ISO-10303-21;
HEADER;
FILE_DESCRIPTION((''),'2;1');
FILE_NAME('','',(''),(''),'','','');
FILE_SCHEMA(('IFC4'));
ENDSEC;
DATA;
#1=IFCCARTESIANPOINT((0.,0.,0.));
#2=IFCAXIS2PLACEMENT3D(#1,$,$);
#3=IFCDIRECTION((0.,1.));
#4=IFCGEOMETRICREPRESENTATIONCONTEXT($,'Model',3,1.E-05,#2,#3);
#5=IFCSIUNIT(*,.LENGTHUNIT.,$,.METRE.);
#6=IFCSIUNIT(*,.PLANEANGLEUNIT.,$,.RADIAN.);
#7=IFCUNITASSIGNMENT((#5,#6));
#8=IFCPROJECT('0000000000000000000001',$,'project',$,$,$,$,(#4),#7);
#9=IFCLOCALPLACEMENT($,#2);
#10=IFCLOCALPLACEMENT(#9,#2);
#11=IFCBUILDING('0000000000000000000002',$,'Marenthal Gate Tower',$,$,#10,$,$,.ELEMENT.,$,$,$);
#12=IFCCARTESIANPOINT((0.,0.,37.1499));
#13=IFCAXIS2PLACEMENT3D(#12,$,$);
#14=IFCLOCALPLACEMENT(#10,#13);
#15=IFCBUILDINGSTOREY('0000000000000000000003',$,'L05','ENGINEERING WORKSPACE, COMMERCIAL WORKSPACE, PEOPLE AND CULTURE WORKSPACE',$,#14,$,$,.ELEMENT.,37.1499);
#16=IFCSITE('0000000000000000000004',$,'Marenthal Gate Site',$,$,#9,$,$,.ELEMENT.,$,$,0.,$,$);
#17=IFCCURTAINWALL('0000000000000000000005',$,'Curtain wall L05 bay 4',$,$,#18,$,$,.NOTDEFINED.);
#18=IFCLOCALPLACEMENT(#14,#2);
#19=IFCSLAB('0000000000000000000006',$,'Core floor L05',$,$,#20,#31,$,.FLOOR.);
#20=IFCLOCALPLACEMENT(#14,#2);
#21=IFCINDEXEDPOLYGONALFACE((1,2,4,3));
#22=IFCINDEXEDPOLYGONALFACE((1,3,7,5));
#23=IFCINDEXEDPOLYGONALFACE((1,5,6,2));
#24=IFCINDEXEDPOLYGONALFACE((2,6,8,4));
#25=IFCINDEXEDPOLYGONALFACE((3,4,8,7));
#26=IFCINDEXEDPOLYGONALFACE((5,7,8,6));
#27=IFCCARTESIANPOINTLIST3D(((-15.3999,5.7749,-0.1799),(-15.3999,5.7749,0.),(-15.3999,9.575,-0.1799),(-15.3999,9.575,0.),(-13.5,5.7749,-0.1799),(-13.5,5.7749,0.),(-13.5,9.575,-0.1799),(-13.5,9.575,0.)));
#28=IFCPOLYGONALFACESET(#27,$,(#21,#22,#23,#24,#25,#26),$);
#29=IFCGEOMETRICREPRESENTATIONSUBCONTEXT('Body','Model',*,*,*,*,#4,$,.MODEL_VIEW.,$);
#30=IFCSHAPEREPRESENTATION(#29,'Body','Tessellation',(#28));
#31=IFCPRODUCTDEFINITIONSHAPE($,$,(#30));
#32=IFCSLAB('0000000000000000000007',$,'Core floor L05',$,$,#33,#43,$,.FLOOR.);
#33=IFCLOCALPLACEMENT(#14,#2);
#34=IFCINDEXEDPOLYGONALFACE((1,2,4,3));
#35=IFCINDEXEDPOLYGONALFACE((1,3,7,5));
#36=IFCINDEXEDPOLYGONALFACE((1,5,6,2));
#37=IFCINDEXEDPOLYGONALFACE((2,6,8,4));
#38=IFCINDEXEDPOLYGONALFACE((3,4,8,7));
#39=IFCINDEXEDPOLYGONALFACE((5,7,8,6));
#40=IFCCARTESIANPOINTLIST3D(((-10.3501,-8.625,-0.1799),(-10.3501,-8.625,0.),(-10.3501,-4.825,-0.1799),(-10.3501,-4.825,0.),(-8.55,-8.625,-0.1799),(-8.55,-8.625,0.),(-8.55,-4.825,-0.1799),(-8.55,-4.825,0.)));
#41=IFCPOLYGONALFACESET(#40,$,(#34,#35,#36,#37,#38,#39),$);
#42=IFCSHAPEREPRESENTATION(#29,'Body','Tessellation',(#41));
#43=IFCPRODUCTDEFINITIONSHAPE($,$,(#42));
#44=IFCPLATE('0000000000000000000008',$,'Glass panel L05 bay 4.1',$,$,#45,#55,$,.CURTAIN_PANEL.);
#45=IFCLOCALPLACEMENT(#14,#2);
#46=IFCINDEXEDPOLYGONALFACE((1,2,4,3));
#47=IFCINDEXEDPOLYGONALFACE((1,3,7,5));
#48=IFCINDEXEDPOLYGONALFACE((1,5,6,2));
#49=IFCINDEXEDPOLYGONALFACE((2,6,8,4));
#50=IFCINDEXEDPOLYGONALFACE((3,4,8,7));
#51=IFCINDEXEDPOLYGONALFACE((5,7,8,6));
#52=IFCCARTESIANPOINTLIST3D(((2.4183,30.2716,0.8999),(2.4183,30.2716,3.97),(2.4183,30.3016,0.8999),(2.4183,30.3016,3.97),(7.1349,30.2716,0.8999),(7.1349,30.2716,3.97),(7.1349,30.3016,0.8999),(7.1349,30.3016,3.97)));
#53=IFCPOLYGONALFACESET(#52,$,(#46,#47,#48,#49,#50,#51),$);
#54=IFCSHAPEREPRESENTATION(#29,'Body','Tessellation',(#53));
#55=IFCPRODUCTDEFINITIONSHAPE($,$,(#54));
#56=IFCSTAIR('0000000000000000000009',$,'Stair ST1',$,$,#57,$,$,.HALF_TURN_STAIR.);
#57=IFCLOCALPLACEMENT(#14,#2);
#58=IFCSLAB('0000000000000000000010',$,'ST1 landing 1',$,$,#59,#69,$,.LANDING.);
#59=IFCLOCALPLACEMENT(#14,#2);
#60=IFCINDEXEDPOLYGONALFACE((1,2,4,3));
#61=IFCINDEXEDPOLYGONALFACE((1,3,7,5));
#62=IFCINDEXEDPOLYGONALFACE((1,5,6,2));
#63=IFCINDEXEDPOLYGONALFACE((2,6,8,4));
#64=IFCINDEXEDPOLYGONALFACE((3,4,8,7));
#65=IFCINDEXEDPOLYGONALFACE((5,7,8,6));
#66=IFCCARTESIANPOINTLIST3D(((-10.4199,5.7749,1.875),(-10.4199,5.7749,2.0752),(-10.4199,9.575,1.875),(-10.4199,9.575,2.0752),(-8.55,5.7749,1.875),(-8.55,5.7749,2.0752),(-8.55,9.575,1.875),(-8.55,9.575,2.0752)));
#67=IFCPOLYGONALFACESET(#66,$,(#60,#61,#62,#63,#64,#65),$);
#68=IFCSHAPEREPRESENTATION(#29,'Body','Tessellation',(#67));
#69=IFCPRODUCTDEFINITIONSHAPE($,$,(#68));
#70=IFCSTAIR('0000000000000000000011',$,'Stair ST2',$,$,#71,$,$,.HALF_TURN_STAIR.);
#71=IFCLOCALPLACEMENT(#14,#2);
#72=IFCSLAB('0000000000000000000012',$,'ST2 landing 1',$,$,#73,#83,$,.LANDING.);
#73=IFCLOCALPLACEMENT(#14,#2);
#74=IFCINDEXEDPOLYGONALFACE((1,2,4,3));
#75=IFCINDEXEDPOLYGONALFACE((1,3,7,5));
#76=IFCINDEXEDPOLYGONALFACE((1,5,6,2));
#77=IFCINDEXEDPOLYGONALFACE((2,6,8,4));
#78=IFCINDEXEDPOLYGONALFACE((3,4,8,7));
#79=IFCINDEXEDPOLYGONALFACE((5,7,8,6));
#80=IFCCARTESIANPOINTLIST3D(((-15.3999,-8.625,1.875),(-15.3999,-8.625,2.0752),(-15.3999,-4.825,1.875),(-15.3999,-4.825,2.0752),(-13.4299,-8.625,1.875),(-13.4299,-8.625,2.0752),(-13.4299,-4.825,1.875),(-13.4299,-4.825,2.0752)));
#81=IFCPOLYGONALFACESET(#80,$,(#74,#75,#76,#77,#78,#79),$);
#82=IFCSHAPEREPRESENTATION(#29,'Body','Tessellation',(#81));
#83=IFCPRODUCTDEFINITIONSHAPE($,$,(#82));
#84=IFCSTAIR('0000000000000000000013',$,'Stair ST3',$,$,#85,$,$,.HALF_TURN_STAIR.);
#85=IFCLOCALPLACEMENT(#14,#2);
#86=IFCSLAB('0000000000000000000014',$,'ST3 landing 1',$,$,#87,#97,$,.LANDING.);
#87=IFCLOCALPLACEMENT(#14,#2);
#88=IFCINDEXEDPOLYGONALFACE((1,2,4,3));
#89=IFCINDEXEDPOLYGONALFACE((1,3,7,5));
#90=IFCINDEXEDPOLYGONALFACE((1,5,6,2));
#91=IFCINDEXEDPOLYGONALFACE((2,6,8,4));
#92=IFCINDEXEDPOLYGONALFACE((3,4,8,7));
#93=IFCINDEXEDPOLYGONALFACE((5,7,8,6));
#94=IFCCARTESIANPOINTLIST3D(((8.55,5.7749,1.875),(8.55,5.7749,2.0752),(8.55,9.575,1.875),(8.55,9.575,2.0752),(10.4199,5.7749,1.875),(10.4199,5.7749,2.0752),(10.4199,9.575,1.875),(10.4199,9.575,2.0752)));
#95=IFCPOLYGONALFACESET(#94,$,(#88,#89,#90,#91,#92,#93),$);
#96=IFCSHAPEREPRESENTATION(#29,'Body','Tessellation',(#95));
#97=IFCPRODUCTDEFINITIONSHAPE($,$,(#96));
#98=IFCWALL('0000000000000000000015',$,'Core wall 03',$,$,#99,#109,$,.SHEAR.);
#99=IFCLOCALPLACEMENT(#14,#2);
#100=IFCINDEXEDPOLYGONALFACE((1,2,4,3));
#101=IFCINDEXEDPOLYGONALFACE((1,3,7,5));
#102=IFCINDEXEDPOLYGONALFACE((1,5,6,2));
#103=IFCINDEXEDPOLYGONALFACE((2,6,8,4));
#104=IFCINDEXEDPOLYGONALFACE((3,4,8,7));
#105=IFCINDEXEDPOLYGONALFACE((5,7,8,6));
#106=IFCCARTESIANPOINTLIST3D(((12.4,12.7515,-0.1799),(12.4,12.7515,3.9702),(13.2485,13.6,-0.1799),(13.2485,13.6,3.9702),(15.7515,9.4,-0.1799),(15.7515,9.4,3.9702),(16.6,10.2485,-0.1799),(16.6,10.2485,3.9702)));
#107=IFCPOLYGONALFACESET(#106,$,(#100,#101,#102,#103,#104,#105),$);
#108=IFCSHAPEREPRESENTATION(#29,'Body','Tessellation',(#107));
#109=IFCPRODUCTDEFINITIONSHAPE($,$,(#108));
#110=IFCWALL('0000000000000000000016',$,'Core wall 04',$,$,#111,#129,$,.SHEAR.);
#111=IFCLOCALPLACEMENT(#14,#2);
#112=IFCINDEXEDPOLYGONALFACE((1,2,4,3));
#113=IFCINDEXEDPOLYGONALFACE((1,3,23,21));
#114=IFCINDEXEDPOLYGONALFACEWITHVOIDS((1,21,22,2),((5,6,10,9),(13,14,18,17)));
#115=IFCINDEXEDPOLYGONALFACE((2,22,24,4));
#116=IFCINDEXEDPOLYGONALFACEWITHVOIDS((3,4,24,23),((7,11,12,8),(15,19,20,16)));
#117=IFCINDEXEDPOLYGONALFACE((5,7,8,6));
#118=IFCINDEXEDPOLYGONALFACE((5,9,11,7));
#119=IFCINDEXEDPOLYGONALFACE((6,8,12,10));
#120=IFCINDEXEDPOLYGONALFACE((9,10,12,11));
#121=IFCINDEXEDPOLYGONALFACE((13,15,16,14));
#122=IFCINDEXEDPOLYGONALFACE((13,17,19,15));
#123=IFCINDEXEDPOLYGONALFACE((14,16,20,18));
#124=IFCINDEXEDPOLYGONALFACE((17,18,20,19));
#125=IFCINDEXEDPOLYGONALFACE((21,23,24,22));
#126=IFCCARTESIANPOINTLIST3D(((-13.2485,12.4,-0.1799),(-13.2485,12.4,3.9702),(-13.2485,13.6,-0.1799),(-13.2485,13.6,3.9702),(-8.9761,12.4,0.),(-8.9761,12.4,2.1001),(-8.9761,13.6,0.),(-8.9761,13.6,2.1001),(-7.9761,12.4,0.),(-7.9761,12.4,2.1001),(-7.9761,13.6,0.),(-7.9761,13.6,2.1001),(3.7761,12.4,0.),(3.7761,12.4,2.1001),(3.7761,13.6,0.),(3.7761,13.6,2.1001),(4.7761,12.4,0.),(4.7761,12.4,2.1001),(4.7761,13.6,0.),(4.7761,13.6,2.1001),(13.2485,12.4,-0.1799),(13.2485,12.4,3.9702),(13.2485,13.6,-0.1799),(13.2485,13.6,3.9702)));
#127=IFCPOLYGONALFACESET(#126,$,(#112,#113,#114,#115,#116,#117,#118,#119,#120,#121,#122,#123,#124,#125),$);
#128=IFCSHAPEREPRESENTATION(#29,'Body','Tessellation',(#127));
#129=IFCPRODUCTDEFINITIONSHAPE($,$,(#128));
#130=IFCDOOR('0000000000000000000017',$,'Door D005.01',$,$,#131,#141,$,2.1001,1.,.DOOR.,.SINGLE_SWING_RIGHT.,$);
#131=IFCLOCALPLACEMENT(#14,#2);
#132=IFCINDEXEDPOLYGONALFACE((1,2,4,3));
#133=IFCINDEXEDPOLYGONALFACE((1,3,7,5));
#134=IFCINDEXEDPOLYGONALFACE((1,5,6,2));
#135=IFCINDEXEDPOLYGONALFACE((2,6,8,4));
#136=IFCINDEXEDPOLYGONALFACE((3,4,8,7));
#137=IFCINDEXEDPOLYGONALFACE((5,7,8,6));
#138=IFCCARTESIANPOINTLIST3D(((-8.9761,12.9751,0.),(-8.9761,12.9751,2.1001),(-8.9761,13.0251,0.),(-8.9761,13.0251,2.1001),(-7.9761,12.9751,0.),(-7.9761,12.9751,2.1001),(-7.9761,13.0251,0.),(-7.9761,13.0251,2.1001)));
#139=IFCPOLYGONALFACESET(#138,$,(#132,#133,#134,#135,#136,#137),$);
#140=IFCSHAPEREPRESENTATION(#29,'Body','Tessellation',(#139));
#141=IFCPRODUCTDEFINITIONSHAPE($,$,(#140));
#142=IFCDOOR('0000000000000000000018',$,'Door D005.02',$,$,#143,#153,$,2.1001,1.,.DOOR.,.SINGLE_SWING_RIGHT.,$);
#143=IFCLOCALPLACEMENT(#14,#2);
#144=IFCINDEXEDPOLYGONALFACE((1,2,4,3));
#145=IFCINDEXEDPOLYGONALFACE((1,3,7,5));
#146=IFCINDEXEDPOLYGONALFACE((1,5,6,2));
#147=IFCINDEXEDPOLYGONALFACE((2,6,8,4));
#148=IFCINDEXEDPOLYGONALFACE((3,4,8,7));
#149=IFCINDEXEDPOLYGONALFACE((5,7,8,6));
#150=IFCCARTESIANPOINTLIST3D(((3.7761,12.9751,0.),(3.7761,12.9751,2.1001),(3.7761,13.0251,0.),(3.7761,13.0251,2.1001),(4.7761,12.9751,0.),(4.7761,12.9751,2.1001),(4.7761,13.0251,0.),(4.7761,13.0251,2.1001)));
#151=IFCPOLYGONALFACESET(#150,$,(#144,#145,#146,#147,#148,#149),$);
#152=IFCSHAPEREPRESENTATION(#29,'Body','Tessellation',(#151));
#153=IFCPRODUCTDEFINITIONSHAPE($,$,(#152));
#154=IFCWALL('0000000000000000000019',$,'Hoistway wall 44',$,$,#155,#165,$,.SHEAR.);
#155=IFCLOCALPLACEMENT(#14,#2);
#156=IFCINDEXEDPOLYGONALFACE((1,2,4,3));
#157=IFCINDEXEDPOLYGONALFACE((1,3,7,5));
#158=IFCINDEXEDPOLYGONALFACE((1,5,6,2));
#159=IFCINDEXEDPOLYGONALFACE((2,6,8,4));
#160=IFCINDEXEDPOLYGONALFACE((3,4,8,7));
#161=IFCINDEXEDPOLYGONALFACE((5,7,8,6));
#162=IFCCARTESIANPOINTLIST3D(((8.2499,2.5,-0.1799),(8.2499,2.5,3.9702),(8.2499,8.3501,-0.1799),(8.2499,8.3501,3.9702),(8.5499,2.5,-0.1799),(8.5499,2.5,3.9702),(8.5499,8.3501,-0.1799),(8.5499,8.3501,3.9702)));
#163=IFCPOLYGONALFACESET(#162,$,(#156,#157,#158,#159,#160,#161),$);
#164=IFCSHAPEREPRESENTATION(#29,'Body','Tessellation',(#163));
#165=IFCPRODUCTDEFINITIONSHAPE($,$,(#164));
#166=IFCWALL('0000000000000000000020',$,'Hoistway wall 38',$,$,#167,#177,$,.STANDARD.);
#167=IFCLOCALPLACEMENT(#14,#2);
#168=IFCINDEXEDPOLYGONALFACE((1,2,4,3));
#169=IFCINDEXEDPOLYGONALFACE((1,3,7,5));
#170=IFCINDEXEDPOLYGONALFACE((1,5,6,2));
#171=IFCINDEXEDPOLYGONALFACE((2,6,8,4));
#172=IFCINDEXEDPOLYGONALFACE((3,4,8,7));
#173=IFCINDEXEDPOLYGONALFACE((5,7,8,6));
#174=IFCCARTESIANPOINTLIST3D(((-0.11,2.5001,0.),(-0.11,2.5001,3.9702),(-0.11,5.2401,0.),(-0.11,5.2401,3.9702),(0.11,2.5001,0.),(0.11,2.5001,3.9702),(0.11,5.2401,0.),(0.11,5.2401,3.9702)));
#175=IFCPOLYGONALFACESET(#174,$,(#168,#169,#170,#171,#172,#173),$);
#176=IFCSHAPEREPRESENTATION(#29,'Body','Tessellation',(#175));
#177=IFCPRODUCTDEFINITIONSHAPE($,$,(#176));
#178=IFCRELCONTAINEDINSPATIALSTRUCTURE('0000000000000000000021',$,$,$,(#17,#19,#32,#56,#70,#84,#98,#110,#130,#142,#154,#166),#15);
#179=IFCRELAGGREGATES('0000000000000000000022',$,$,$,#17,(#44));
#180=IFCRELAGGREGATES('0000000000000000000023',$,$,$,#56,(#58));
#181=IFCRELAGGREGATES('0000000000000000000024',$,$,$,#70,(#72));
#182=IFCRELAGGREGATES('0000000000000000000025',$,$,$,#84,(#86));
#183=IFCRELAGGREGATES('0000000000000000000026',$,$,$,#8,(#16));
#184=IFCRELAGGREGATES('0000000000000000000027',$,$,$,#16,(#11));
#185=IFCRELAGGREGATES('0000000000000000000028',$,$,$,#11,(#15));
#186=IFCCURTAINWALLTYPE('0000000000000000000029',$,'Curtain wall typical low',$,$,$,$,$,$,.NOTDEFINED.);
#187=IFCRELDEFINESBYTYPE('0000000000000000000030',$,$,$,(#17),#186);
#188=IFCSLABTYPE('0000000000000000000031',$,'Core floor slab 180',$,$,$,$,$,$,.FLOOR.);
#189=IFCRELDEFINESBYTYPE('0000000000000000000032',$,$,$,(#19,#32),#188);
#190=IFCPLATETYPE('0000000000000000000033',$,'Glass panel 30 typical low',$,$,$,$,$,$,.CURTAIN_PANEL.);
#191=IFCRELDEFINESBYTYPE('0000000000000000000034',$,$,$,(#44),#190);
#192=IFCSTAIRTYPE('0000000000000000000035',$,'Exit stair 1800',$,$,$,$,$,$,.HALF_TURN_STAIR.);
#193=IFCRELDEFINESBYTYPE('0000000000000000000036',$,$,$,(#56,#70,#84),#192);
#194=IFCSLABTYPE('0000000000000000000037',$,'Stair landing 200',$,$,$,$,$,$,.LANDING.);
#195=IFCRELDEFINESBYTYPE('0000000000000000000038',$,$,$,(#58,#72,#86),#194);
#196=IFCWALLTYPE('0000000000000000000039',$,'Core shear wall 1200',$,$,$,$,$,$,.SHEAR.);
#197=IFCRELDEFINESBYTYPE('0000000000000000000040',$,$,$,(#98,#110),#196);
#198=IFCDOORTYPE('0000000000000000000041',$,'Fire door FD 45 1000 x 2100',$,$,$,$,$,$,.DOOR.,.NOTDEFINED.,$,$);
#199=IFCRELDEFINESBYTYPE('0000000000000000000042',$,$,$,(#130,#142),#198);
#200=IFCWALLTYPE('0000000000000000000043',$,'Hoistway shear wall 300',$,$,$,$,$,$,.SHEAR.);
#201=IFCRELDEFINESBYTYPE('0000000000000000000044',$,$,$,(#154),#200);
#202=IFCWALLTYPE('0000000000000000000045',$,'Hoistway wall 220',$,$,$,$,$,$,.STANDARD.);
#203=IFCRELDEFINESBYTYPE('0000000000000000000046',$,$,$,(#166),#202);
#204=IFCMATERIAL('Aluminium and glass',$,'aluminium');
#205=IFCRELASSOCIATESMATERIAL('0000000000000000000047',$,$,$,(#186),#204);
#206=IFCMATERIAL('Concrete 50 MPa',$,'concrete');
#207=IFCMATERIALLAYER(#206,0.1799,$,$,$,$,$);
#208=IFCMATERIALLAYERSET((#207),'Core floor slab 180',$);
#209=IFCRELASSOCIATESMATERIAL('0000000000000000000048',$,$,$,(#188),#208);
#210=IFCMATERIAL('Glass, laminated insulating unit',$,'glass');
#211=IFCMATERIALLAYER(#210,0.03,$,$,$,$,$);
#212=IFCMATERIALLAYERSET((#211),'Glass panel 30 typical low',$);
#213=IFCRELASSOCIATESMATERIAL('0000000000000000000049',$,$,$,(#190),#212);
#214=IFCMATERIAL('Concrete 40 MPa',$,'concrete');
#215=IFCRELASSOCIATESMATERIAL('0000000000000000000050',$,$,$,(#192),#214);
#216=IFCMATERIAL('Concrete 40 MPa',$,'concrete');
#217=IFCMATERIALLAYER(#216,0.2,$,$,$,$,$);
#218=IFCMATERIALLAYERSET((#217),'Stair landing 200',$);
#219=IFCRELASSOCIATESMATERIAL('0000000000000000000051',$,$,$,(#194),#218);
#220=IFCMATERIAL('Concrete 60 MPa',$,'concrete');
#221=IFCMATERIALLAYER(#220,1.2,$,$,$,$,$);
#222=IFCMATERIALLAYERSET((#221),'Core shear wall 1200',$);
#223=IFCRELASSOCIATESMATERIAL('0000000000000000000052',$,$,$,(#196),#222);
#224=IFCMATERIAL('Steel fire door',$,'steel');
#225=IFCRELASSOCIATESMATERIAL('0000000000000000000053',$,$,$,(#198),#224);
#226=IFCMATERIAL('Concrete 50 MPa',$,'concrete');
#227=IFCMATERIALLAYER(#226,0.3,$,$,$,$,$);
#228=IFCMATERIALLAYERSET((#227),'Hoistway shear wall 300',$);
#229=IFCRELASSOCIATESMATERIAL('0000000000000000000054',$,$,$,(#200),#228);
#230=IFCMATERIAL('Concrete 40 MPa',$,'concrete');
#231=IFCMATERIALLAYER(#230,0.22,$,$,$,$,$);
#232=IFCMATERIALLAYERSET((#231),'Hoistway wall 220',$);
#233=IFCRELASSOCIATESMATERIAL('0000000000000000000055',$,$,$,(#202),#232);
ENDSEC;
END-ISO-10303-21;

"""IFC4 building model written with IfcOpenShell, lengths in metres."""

from ifc_helpers import new_model, si_unit, direction, frame, frame_2d, origin, origin_2d, place, context, subcontext, project, spatial, polyline, rectangle, outline, extrude, material, layer, layer_set, type_object, element, fill, aggregate, save


model = new_model("IFC4")

# Units and contexts
model_context = context("Model", 3, precision=1e-05, world=origin(), true_north=direction((0.0, 1.0)))
body_context = subcontext(model_context, "Body", "Model", "MODEL_VIEW")
ifc_project = project(units=[si_unit("LENGTHUNIT", "METRE"), si_unit("PLANEANGLEUNIT", "RADIAN")], contexts=[model_context])

# Site, building, storey
site_placement = place(None, origin())
site = spatial("IfcSite", under=ifc_project, at=site_placement, Name="Marenthal Gate Site", CompositionType="ELEMENT", RefElevation=0.0)
building_placement = place(site_placement, origin())
building = spatial("IfcBuilding", under=site, at=building_placement, Name="Marenthal Gate Tower", CompositionType="ELEMENT")
storey_placement = place(building_placement, frame((0.0, 0.0, 37.1499)))
storey = spatial("IfcBuildingStorey", under=building, at=storey_placement, Name="L05", Description="ENGINEERING WORKSPACE, COMMERCIAL WORKSPACE, PEOPLE AND CULTURE WORKSPACE", CompositionType="ELEMENT", Elevation=37.1499)

# Curtain wall
ifc_material_1 = material(Name="Aluminium and glass", Category="aluminium")
curtain_wall_type = type_object("IfcCurtainWallType", Name="Curtain wall typical low", PredefinedType="NOTDEFINED", material=ifc_material_1)
curtain_wall_placement = place(storey_placement, origin())
curtain_wall = element("IfcCurtainWall", 1, at=curtain_wall_placement, inside=storey, type_object=curtain_wall_type, Name="Curtain wall L05 bay 4", PredefinedType="NOTDEFINED")

# Slabs
ifc_material_2 = material(Name="Concrete 50 MPa", Category="concrete")
ifc_layer_1 = layer(ifc_material_2, 0.1799)
ifc_layer_set_1 = layer_set([ifc_layer_1], Name="Core floor slab 180")
slab_type_1 = type_object("IfcSlabType", Name="Core floor slab 180", PredefinedType="FLOOR", material=ifc_layer_set_1)
slab_1_placement = place(storey_placement, frame((0.0, 0.0, -0.1799)))
element("IfcSlab", 2, at=slab_1_placement, inside=storey, type_object=slab_type_1, Name="Core floor L05", PredefinedType="FLOOR", context=body_context, shape_type="SweptSolid", body=[
    extrude(outline(polyline([(-15.3999, 9.575), (-13.5, 9.575), (-13.5, 5.7749), (-15.3999, 5.7749), (-15.3999, 9.575)])), origin(), (0.0, 0.0, 1.0), 0.1799),
])
slab_2_placement = place(storey_placement, frame((0.0, 0.0, -0.1799)))
element("IfcSlab", 3, at=slab_2_placement, inside=storey, type_object=slab_type_1, Name="Core floor L05", PredefinedType="FLOOR", context=body_context, shape_type="SweptSolid", body=[
    extrude(outline(polyline([(-8.55, -8.625), (-10.3501, -8.625), (-10.3501, -4.825), (-8.55, -4.825), (-8.55, -8.625)])), origin(), (0.0, 0.0, 1.0), 0.1799),
])

# Plate
ifc_material_3 = material(Name="Glass, laminated insulating unit", Category="glass")
ifc_layer_2 = layer(ifc_material_3, 0.03)
ifc_layer_set_2 = layer_set([ifc_layer_2], Name="Glass panel 30 typical low")
plate_type = type_object("IfcPlateType", Name="Glass panel 30 typical low", PredefinedType="CURTAIN_PANEL", material=ifc_layer_set_2)
plate_placement = place(storey_placement, frame((4.7766, 30.2866, 0.8999), z_axis=(0.0, 0.0, 1.0), x_axis=(-1.0, 0.0, 0.0)))
plate = element("IfcPlate", 4, at=plate_placement, type_object=plate_type, Name="Glass panel L05 bay 4.1", PredefinedType="CURTAIN_PANEL", context=body_context, shape_type="SweptSolid", body=[
    extrude(rectangle(XDim=4.7166, YDim=0.03, at=origin_2d()), origin(), (0.0, 0.0, 1.0), 3.0701),
])
aggregate(curtain_wall, [plate])

# Stairs, slabs
ifc_material_4 = material(Name="Concrete 40 MPa", Category="concrete")
stair_type = type_object("IfcStairType", Name="Exit stair 1800", PredefinedType="HALF_TURN_STAIR", material=ifc_material_4)
stair_1_placement = place(storey_placement, origin())
stair_1 = element("IfcStair", 5, at=stair_1_placement, inside=storey, type_object=stair_type, Name="Stair ST1", PredefinedType="HALF_TURN_STAIR")
ifc_material_5 = material(Name="Concrete 40 MPa", Category="concrete")
ifc_layer_3 = layer(ifc_material_5, 0.2)
ifc_layer_set_3 = layer_set([ifc_layer_3], Name="Stair landing 200")
slab_type_2 = type_object("IfcSlabType", Name="Stair landing 200", PredefinedType="LANDING", material=ifc_layer_set_3)
slab_3_placement = place(storey_placement, frame((0.0, 0.0, 1.875)))
slab_3 = element("IfcSlab", 6, at=slab_3_placement, type_object=slab_type_2, Name="ST1 landing 1", PredefinedType="LANDING", context=body_context, shape_type="SweptSolid", body=[
    extrude(outline(polyline([(-10.4199, 5.7749), (-8.55, 5.7749), (-8.55, 9.575), (-10.4199, 9.575), (-10.4199, 5.7749)])), origin(), (0.0, 0.0, 1.0), 0.2002),
])
aggregate(stair_1, [slab_3])
stair_2_placement = place(storey_placement, origin())
stair_2 = element("IfcStair", 7, at=stair_2_placement, inside=storey, type_object=stair_type, Name="Stair ST2", PredefinedType="HALF_TURN_STAIR")
slab_4_placement = place(storey_placement, frame((0.0, 0.0, 1.875)))
slab_4 = element("IfcSlab", 8, at=slab_4_placement, type_object=slab_type_2, Name="ST2 landing 1", PredefinedType="LANDING", context=body_context, shape_type="SweptSolid", body=[
    extrude(outline(polyline([(-15.3999, -8.625), (-13.4299, -8.625), (-13.4299, -4.825), (-15.3999, -4.825), (-15.3999, -8.625)])), origin(), (0.0, 0.0, 1.0), 0.2002),
])
aggregate(stair_2, [slab_4])
stair_3_placement = place(storey_placement, origin())
stair_3 = element("IfcStair", 9, at=stair_3_placement, inside=storey, type_object=stair_type, Name="Stair ST3", PredefinedType="HALF_TURN_STAIR")
slab_5_placement = place(storey_placement, frame((0.0, 0.0, 1.875)))
slab_5 = element("IfcSlab", 10, at=slab_5_placement, type_object=slab_type_2, Name="ST3 landing 1", PredefinedType="LANDING", context=body_context, shape_type="SweptSolid", body=[
    extrude(outline(polyline([(8.55, 5.7749), (10.4199, 5.7749), (10.4199, 9.575), (8.55, 9.575), (8.55, 5.7749)])), origin(), (0.0, 0.0, 1.0), 0.2002),
])

# Wall
ifc_material_6 = material(Name="Concrete 60 MPa", Category="concrete")
ifc_layer_4 = layer(ifc_material_6, 1.2)
ifc_layer_set_4 = layer_set([ifc_layer_4], Name="Core shear wall 1200")
wall_type_1 = type_object("IfcWallType", Name="Core shear wall 1200", PredefinedType="SHEAR", material=ifc_layer_set_4)
wall_1_placement = place(storey_placement, frame((16.1758, 9.8242, -0.1799), z_axis=(0.0, 0.0, 1.0), x_axis=(-0.707107, 0.707107, 0.0)))
element("IfcWall", 11, at=wall_1_placement, inside=storey, type_object=wall_type_1, Name="Core wall 03", PredefinedType="SHEAR", context=body_context, shape_type="SweptSolid", body=[
    extrude(rectangle(XDim=4.7397, YDim=1.2, at=frame_2d((2.3699, 0.0))), origin(), (0.0, 0.0, 1.0), 4.1501),
])

# Wall, openings, doors
wall_2_placement = place(storey_placement, frame((13.2485, 13.0, -0.1799), z_axis=(0.0, 0.0, 1.0), x_axis=(-1.0, 0.0, 0.0)))
wall_2 = element("IfcWall", 12, at=wall_2_placement, inside=storey, type_object=wall_type_1, Name="Core wall 04", PredefinedType="SHEAR", context=body_context, shape_type="SweptSolid", body=[
    extrude(rectangle(XDim=26.4971, YDim=1.2, at=frame_2d((13.2485, 0.0))), origin(), (0.0, 0.0, 1.0), 4.1501),
])
opening_1_placement = place(wall_2_placement, frame((21.2246, 0.0, 0.1799)))
opening_1 = element("IfcOpeningElement", 13, at=opening_1_placement, cuts=wall_2, PredefinedType="OPENING", context=body_context, shape_type="SweptSolid", body=[
    extrude(rectangle(XDim=1.0, YDim=2.1001, at=frame_2d((0.5, 1.05))), frame((0.0, 0.6099, 0.0), z_axis=(0.0, -1.0, 0.0), x_axis=(1.0, 0.0, 0.0)), (0.0, 0.0, 1.0), 1.22),
])
opening_2_placement = place(wall_2_placement, frame((8.4724, 0.0, 0.1799)))
opening_2 = element("IfcOpeningElement", 14, at=opening_2_placement, cuts=wall_2, PredefinedType="OPENING", context=body_context, shape_type="SweptSolid", body=[
    extrude(rectangle(XDim=1.0, YDim=2.1001, at=frame_2d((0.5, 1.05))), frame((0.0, 0.6099, 0.0), z_axis=(0.0, -1.0, 0.0), x_axis=(1.0, 0.0, 0.0)), (0.0, 0.0, 1.0), 1.22),
])
ifc_material_7 = material(Name="Steel fire door", Category="steel")
door_type_1 = type_object("IfcDoorType", Name="Fire door FD 45 1000 x 2100", OperationType="NOTDEFINED", PredefinedType="DOOR", material=ifc_material_7)
door_1_placement = place(opening_1_placement, origin())
door_1 = element("IfcDoor", 15, at=door_1_placement, inside=storey, type_object=door_type_1, Name="Door D005.01", OperationType="SINGLE_SWING_RIGHT", OverallHeight=2.1001, OverallWidth=1.0, PredefinedType="DOOR", context=body_context, shape_type="SweptSolid", body=[
    extrude(rectangle(XDim=1.0, YDim=2.1001, at=frame_2d((0.5, 1.05))), frame((0.0, 0.0249, 0.0), z_axis=(0.0, -1.0, 0.0), x_axis=(1.0, 0.0, 0.0)), (0.0, 0.0, 1.0), 0.05),
])
fill(opening_1, door_1)
door_2_placement = place(opening_2_placement, origin())
door_2 = element("IfcDoor", 16, at=door_2_placement, inside=storey, type_object=door_type_1, Name="Door D005.02", OperationType="SINGLE_SWING_RIGHT", OverallHeight=2.1001, OverallWidth=1.0, PredefinedType="DOOR", context=body_context, shape_type="SweptSolid", body=[
    extrude(rectangle(XDim=1.0, YDim=2.1001, at=frame_2d((0.5, 1.05))), frame((0.0, 0.0249, 0.0), z_axis=(0.0, -1.0, 0.0), x_axis=(1.0, 0.0, 0.0)), (0.0, 0.0, 1.0), 0.05),
])
fill(opening_2, door_2)

# Walls
ifc_material_8 = material(Name="Concrete 50 MPa", Category="concrete")
ifc_layer_5 = layer(ifc_material_8, 0.3)
ifc_layer_set_5 = layer_set([ifc_layer_5], Name="Hoistway shear wall 300")
wall_type_2 = type_object("IfcWallType", Name="Hoistway shear wall 300", PredefinedType="SHEAR", material=ifc_layer_set_5)
wall_3_placement = place(storey_placement, frame((8.3999, 2.5, -0.1799), z_axis=(0.0, 0.0, 1.0), x_axis=(0.0, 1.0, 0.0)))
element("IfcWall", 17, at=wall_3_placement, inside=storey, type_object=wall_type_2, Name="Hoistway wall 44", PredefinedType="SHEAR", context=body_context, shape_type="SweptSolid", body=[
    extrude(rectangle(XDim=5.8501, YDim=0.3, at=frame_2d((2.925, 0.0))), origin(), (0.0, 0.0, 1.0), 4.1501),
])
ifc_material_9 = material(Name="Concrete 40 MPa", Category="concrete")
ifc_layer_6 = layer(ifc_material_9, 0.22)
ifc_layer_set_6 = layer_set([ifc_layer_6], Name="Hoistway wall 220")
wall_type_3 = type_object("IfcWallType", Name="Hoistway wall 220", PredefinedType="STANDARD", material=ifc_layer_set_6)
wall_4_placement = place(storey_placement, frame((0.0, 2.5, 0.0), z_axis=(0.0, 0.0, 1.0), x_axis=(0.0, 1.0, 0.0)))
element("IfcWall", 18, at=wall_4_placement, inside=storey, type_object=wall_type_3, Name="Hoistway wall 38", PredefinedType="STANDARD", context=body_context, shape_type="SweptSolid", body=[
    extrude(rectangle(XDim=2.74, YDim=0.22, at=frame_2d((1.3701, 0.0))), origin(), (0.0, 0.0, 1.0), 3.9702),
])

aggregate(stair_3, [slab_5])

save(model, "model.ifc")
